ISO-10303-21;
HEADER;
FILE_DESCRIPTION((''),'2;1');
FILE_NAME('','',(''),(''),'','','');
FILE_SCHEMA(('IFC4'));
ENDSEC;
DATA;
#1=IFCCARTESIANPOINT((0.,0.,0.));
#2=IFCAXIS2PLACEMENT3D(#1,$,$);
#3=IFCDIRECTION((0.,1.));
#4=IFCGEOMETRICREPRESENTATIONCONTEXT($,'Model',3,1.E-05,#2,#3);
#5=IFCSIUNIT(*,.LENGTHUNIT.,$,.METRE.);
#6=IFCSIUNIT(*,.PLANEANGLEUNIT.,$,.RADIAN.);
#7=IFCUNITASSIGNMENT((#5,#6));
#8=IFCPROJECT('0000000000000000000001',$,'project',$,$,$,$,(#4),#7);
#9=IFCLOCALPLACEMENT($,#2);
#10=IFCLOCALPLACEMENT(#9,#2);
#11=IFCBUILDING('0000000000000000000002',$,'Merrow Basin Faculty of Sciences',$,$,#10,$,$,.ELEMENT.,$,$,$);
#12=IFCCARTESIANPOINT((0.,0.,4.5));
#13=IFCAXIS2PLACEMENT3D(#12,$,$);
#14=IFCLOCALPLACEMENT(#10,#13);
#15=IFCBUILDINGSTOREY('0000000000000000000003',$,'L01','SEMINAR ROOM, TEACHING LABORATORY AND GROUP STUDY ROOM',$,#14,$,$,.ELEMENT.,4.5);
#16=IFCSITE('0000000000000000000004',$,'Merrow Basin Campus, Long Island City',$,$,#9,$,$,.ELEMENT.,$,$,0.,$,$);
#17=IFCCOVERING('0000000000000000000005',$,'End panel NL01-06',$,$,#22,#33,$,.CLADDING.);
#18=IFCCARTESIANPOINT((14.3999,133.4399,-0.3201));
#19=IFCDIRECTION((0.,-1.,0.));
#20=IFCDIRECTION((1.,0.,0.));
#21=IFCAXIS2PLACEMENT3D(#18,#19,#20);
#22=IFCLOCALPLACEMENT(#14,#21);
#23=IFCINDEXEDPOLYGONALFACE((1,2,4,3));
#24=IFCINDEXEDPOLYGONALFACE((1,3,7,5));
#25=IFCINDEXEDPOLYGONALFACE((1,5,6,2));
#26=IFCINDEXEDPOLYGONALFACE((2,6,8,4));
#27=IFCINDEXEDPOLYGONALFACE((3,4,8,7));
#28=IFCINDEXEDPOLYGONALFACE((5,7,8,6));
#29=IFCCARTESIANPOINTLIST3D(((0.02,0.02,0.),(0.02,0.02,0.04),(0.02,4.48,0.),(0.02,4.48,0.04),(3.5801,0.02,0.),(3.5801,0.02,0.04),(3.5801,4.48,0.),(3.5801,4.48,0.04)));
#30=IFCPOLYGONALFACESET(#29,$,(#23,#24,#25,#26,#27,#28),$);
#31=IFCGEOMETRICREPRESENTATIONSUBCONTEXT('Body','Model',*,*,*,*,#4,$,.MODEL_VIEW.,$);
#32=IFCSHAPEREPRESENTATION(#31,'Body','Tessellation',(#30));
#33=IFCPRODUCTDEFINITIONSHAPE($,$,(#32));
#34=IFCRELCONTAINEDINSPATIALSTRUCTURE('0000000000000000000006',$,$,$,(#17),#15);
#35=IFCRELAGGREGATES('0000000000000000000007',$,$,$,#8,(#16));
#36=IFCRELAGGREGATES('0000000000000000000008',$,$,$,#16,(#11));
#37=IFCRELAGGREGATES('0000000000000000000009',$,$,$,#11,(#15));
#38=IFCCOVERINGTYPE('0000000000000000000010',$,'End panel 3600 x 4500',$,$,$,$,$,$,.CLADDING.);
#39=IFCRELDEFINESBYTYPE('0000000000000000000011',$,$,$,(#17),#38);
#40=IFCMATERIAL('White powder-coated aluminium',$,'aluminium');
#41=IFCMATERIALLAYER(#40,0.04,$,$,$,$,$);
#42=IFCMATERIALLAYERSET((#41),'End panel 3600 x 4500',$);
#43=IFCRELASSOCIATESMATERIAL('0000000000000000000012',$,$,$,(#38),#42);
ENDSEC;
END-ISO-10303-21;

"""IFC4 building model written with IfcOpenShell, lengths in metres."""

from ifc_helpers import new_model, si_unit, direction, frame, origin, place, context, subcontext, project, spatial, polyline, outline, extrude, source, transform, mapped, material, layer, layer_set, type_object, element, save


model = new_model("IFC4")

# Units and contexts
model_context = context("Model", 3, precision=1e-05, world=origin(), true_north=direction((0.0, 1.0)))
body_context = subcontext(model_context, "Body", "Model", "MODEL_VIEW")
ifc_project = project(units=[si_unit("LENGTHUNIT", "METRE"), si_unit("PLANEANGLEUNIT", "RADIAN")], contexts=[model_context])

# Site, building, storey
site_placement = place(None, origin())
site = spatial("IfcSite", under=ifc_project, at=site_placement, Name="Merrow Basin Campus, Long Island City", CompositionType="ELEMENT", RefElevation=0.0)
building_placement = place(site_placement, origin())
building = spatial("IfcBuilding", under=site, at=building_placement, Name="Merrow Basin Faculty of Sciences", CompositionType="ELEMENT")
storey_placement = place(building_placement, frame((0.0, 0.0, 4.5)))
storey = spatial("IfcBuildingStorey", under=building, at=storey_placement, Name="L01", Description="SEMINAR ROOM, TEACHING LABORATORY AND GROUP STUDY ROOM", CompositionType="ELEMENT", Elevation=4.5)

# Covering
ifc_material_1 = material(Name="White powder-coated aluminium", Category="aluminium")
ifc_layer_1 = layer(ifc_material_1, 0.04)
ifc_layer_set_1 = layer_set([ifc_layer_1], Name="End panel 3600 x 4500")
covering_type = type_object("IfcCoveringType", Name="End panel 3600 x 4500", PredefinedType="CLADDING", material=ifc_layer_set_1)
shared_shape_1 = source(origin(), body_context, "Body", "SweptSolid", [
    extrude(outline(polyline([(0.02, 0.02), (3.5801, 0.02), (3.5801, 4.48), (0.02, 4.48), (0.02, 0.02)])), origin(), (0.0, 0.0, 1.0), 0.04),
])
covering_placement = place(storey_placement, frame((14.3999, 133.4399, -0.3201), z_axis=(0.0, -1.0, 0.0), x_axis=(1.0, 0.0, 0.0)))
element("IfcCovering", 1, at=covering_placement, inside=storey, type_object=covering_type, Name="End panel NL01-06", PredefinedType="CLADDING", context=body_context, shape_type="MappedRepresentation", body=[
    mapped(shared_shape_1, transform((0.0, 0.0, 0.0), scale=1.0)),
])

save(model, "model.ifc")
